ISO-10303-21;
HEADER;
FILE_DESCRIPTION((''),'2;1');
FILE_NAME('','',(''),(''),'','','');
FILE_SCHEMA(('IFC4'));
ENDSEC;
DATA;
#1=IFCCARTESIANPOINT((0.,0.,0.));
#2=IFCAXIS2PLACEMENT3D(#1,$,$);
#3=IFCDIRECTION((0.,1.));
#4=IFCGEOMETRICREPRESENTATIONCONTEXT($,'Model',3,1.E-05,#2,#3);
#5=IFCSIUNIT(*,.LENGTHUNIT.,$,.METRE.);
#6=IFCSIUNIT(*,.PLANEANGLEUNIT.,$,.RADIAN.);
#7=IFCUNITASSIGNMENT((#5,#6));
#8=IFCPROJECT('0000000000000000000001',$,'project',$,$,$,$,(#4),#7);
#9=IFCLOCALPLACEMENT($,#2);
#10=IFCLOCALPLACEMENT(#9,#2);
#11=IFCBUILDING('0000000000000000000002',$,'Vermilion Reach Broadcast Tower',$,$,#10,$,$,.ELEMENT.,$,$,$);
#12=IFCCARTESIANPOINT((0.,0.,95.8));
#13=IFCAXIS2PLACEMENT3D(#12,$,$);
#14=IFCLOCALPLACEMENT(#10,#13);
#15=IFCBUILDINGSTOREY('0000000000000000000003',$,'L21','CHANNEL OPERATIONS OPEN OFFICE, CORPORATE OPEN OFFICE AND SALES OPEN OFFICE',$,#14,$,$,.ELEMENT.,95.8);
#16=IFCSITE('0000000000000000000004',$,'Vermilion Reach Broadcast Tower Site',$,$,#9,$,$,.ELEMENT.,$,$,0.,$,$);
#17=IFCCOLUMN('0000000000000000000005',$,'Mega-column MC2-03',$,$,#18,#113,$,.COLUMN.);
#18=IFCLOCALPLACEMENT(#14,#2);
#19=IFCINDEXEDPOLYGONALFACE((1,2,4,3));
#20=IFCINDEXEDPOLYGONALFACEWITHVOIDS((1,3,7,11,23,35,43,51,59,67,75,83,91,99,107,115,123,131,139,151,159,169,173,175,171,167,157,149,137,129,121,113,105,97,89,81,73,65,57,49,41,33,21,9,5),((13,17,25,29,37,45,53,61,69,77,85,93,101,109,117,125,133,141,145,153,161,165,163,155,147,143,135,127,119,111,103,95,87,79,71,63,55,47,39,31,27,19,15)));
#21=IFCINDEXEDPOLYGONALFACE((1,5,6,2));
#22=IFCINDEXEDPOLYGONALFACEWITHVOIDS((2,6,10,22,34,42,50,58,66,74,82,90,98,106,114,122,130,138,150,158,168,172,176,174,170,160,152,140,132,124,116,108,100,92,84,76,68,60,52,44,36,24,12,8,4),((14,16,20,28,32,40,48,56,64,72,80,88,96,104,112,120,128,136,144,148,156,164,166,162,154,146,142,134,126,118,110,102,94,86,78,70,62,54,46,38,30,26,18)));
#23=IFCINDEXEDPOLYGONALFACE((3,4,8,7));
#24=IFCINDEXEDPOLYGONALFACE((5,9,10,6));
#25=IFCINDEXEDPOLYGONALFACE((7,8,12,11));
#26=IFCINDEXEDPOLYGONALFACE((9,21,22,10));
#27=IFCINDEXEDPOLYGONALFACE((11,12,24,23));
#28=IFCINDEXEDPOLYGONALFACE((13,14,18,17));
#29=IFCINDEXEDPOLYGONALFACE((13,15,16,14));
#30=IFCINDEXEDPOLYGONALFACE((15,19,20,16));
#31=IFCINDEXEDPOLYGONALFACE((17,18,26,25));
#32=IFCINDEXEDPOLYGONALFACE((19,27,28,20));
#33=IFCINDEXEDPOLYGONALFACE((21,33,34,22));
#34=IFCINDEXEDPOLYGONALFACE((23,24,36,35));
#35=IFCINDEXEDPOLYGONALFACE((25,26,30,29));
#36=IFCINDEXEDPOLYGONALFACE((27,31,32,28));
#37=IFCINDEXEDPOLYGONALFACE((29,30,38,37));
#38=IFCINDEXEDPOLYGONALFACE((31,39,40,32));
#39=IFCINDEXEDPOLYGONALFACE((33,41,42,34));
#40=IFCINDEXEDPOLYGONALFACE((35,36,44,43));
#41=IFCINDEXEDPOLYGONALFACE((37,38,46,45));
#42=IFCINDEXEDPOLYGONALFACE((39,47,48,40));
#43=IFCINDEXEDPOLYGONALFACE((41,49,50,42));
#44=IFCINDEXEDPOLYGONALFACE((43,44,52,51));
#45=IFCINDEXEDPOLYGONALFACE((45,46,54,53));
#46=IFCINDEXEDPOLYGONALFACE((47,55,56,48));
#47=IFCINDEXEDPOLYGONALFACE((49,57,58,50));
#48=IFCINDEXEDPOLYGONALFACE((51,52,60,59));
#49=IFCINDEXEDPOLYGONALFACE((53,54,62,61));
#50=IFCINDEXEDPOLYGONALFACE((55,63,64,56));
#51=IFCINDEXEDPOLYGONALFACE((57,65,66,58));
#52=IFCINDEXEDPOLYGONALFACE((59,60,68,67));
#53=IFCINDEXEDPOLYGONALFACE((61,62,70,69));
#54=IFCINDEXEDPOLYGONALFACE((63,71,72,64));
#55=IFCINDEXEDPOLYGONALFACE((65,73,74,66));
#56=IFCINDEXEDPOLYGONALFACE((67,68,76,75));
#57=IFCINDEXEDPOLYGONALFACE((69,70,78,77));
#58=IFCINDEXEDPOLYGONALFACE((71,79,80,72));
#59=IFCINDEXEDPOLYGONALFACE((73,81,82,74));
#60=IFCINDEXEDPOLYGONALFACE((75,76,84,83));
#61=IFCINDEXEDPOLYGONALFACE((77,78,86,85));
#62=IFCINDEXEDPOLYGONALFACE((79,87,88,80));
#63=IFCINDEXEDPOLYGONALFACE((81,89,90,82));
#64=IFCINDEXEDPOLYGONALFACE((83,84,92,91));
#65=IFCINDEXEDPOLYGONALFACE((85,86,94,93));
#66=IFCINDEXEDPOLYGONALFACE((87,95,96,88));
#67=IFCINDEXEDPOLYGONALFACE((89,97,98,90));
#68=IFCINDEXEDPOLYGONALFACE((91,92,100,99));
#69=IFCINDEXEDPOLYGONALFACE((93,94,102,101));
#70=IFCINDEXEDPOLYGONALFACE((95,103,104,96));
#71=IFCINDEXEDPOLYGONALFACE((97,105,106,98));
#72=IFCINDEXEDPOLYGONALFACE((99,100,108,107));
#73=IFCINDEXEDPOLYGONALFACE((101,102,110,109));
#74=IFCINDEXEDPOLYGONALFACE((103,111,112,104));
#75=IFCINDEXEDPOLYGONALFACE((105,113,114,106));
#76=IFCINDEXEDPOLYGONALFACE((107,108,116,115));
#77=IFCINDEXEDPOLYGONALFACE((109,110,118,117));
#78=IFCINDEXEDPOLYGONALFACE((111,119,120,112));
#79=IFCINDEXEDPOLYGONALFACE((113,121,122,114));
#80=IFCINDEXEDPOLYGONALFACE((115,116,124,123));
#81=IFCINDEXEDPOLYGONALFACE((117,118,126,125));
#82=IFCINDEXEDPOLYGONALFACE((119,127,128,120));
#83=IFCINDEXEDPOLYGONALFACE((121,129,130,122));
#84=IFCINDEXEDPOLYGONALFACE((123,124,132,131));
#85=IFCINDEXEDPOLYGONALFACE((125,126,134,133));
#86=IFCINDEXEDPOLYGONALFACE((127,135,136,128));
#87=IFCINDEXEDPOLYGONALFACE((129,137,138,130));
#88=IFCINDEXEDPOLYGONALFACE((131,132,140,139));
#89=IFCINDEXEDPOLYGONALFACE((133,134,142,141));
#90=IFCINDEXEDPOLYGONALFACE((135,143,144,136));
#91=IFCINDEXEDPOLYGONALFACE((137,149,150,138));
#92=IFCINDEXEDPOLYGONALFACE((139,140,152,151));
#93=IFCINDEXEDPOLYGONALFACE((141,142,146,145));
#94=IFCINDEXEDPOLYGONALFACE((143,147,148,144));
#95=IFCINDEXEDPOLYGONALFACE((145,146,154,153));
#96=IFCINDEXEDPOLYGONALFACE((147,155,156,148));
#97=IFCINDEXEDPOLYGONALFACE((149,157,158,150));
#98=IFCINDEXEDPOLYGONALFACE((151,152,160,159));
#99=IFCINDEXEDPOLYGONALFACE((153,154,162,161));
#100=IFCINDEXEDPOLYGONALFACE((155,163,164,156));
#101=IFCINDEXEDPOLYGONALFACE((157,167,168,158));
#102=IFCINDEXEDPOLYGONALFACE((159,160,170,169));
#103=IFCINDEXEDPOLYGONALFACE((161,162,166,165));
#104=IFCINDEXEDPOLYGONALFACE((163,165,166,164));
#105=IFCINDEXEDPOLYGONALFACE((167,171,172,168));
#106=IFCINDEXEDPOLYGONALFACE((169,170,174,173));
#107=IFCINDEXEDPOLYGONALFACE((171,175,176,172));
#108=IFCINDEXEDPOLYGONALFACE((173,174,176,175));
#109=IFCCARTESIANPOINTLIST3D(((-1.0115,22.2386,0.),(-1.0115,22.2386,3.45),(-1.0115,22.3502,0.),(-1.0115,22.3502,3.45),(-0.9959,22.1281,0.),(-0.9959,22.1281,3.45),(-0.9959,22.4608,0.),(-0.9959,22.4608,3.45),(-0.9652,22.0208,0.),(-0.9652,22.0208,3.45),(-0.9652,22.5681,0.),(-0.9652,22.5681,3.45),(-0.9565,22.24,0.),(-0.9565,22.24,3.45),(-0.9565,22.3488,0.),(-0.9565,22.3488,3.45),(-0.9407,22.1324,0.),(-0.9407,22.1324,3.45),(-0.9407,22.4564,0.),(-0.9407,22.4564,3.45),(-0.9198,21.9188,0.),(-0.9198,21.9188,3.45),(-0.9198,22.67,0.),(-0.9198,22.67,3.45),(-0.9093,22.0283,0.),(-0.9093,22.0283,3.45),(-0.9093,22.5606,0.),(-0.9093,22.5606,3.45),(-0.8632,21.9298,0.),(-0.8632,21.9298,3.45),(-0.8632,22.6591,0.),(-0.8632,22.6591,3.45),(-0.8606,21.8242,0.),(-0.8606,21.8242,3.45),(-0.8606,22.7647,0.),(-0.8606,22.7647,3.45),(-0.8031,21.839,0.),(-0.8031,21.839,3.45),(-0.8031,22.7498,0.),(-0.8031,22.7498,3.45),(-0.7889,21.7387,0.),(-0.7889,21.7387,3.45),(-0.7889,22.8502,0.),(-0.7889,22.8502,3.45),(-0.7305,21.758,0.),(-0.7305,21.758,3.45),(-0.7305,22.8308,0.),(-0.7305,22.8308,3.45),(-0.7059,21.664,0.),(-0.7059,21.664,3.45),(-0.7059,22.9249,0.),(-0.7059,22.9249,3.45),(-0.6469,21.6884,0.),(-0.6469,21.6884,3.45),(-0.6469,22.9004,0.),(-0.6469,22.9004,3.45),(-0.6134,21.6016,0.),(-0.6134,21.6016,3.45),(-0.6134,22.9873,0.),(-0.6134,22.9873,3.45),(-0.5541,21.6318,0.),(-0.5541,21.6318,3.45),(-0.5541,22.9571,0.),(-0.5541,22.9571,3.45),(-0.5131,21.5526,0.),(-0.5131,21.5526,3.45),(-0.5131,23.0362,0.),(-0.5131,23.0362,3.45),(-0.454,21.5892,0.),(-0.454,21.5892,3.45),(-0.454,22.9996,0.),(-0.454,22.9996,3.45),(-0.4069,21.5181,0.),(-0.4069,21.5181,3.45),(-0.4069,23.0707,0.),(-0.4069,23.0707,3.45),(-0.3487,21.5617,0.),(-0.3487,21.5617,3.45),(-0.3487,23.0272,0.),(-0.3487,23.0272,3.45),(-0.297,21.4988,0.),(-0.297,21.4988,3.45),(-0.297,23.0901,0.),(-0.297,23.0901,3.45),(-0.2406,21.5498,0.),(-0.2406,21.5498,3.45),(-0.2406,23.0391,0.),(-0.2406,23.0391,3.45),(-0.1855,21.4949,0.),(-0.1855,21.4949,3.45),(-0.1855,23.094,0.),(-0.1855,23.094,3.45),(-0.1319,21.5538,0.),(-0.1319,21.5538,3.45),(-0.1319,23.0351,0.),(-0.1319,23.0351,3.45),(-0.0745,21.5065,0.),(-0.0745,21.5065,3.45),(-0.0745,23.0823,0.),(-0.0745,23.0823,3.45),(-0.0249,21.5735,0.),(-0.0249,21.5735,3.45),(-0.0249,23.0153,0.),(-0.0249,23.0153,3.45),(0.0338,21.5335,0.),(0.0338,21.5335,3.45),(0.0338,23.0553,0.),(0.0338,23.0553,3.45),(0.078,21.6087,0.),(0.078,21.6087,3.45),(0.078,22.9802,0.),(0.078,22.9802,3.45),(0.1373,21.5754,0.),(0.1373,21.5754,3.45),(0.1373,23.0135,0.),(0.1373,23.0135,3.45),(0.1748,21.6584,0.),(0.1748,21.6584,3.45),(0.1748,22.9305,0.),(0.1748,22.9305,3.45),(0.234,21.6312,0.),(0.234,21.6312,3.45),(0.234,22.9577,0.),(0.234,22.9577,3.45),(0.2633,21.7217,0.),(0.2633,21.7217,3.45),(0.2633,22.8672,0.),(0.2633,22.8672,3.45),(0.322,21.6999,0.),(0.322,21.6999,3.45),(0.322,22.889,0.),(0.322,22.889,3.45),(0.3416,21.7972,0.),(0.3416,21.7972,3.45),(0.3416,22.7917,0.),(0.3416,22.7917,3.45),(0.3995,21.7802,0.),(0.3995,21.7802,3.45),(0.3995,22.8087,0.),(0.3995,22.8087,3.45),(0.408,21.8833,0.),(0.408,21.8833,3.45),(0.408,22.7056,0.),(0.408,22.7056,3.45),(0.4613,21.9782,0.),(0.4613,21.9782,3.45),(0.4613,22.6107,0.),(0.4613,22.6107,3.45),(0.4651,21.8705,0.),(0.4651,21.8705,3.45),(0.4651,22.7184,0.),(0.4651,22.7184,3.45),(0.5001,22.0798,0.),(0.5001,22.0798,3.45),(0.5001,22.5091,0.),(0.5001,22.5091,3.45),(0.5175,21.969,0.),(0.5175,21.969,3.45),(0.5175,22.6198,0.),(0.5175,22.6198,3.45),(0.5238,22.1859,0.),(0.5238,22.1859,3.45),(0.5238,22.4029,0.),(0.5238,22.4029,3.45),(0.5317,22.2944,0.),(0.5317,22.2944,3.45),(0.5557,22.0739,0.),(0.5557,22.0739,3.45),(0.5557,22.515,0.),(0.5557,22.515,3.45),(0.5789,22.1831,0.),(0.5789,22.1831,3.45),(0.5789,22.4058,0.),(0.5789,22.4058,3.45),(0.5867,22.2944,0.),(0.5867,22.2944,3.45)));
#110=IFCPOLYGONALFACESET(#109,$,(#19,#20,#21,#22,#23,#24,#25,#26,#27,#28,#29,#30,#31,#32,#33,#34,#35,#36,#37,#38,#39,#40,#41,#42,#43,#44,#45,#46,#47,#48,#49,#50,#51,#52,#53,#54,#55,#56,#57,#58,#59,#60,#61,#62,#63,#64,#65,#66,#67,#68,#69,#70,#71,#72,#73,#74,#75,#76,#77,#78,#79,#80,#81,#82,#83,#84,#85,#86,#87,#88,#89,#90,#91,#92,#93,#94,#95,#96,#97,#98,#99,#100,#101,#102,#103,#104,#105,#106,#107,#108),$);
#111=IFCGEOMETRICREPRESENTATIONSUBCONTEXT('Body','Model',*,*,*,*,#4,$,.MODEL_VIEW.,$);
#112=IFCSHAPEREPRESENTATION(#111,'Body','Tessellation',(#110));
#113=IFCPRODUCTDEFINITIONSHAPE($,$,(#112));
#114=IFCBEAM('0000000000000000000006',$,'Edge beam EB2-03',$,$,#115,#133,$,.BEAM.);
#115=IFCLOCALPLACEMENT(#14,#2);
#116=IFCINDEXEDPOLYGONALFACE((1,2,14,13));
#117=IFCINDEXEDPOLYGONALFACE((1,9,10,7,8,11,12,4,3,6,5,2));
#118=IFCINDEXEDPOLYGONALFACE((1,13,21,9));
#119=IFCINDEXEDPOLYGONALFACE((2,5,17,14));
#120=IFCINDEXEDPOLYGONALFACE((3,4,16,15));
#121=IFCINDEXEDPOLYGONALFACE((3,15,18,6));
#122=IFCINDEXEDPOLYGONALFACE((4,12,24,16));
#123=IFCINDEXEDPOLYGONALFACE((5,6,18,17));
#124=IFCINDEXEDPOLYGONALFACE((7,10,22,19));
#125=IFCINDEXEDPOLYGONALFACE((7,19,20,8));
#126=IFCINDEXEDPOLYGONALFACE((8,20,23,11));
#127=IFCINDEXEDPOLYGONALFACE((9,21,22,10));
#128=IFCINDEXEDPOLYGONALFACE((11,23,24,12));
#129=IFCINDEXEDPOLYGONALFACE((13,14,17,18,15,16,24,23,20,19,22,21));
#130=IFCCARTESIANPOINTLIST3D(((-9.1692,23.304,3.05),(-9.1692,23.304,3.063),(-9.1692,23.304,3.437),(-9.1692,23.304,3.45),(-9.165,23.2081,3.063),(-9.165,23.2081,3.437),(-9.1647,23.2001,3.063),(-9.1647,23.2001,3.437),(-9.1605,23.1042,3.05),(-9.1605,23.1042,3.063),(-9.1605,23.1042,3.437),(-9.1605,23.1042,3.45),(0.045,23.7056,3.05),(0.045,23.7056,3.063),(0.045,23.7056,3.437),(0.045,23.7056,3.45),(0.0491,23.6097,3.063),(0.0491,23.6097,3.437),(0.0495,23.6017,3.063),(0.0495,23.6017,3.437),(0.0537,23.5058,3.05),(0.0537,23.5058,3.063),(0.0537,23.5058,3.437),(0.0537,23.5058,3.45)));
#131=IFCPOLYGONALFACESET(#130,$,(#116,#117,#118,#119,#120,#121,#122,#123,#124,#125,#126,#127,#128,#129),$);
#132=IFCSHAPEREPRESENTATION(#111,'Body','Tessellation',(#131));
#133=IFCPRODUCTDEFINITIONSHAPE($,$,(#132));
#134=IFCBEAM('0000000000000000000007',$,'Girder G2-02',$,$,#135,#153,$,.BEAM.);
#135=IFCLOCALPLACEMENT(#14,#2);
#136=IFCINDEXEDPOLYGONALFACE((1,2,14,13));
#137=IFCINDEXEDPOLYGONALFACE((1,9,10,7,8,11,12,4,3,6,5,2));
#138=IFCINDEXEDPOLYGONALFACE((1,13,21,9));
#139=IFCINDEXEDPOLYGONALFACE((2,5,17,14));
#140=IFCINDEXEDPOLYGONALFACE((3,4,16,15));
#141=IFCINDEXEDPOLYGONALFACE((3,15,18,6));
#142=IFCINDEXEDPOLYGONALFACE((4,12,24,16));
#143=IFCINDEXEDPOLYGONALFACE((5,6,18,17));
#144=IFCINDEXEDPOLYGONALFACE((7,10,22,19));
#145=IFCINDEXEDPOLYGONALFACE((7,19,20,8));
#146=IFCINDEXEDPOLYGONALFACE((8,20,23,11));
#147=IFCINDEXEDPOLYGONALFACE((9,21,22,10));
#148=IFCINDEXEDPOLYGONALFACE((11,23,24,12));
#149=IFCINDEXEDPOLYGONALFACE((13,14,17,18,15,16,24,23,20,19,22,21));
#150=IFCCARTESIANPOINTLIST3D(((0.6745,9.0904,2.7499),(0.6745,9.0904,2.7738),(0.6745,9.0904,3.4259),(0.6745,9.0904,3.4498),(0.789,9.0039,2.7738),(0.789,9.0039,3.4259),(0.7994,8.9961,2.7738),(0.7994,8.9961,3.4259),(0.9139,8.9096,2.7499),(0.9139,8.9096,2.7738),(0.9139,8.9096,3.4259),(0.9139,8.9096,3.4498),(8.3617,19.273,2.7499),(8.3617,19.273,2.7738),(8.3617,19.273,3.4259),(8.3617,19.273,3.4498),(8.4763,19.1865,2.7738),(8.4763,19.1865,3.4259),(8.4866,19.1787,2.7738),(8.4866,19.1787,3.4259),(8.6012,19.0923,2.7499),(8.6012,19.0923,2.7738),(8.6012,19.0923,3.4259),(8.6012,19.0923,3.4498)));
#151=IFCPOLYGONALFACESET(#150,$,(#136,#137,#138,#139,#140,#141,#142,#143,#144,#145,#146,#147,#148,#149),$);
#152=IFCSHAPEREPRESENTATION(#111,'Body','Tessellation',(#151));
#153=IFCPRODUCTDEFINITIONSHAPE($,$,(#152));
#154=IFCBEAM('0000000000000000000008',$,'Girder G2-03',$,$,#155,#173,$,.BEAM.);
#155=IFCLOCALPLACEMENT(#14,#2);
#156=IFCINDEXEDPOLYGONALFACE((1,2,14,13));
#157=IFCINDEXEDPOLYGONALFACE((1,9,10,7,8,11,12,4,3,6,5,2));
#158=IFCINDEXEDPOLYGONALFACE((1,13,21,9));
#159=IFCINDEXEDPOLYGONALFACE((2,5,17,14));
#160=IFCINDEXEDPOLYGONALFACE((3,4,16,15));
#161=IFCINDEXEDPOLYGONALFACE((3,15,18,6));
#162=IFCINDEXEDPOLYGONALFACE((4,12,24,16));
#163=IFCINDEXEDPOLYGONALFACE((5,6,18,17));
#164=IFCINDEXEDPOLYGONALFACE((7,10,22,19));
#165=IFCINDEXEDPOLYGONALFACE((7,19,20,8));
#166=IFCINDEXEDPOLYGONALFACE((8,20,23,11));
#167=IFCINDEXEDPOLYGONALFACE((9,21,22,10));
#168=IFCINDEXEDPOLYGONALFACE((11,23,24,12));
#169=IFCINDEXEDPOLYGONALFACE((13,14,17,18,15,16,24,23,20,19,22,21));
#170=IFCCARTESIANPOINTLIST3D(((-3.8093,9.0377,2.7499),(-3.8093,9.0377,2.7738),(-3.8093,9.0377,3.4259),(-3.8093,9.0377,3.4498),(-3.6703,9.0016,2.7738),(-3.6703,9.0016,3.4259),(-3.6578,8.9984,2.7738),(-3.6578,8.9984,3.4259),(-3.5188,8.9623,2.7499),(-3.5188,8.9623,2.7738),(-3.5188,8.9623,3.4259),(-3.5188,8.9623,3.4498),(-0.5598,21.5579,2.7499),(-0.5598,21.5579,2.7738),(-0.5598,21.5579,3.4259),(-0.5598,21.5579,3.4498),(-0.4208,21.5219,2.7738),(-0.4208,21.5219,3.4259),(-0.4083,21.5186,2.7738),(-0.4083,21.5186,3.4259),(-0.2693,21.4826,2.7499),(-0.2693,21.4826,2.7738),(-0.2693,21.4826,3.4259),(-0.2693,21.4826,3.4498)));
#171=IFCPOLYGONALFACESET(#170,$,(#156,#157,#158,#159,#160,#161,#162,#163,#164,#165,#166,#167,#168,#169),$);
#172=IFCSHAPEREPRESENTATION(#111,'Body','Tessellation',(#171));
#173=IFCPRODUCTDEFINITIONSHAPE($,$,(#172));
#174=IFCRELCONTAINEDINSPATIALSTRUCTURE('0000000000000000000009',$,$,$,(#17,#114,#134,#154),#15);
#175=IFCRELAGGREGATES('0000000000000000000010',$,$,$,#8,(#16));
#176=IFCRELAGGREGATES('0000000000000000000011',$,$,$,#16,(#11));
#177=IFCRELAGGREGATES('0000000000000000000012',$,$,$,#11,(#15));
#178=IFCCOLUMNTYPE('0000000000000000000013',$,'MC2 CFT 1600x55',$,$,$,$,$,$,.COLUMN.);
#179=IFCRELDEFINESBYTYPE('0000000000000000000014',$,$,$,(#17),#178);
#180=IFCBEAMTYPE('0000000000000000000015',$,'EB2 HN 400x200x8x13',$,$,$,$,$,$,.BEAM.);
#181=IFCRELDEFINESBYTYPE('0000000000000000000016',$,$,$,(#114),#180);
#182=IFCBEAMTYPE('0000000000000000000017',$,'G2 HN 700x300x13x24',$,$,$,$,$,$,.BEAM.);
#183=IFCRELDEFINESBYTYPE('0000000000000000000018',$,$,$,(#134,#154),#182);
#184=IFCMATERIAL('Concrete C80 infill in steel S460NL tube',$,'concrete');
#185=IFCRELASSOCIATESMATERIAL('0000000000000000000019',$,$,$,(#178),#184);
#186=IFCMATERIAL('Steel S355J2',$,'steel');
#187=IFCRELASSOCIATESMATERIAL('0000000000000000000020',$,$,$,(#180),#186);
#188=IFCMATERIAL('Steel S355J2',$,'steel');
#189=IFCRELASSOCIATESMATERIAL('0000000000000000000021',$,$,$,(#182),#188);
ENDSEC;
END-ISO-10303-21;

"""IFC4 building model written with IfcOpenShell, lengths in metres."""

from ifc_helpers import new_model, si_unit, direction, frame, origin, origin_2d, place, context, subcontext, project, spatial, hollow_circle, i_section, extrude, material, material_profile, profile_set, type_object, element, save


model = new_model("IFC4")

# Units and contexts
model_context = context("Model", 3, precision=1e-05, world=origin(), true_north=direction((0.0, 1.0)))
body_context = subcontext(model_context, "Body", "Model", "MODEL_VIEW")
ifc_project = project(units=[si_unit("LENGTHUNIT", "METRE"), si_unit("PLANEANGLEUNIT", "RADIAN")], contexts=[model_context])

# Site, building, storey
site_placement = place(None, origin())
site = spatial("IfcSite", under=ifc_project, at=site_placement, Name="Vermilion Reach Broadcast Tower Site", CompositionType="ELEMENT", RefElevation=0.0)
building_placement = place(site_placement, origin())
building = spatial("IfcBuilding", under=site, at=building_placement, Name="Vermilion Reach Broadcast Tower", CompositionType="ELEMENT")
storey_placement = place(building_placement, frame((0.0, 0.0, 95.8)))
storey = spatial("IfcBuildingStorey", under=building, at=storey_placement, Name="L21", Description="CHANNEL OPERATIONS OPEN OFFICE, CORPORATE OPEN OFFICE AND SALES OPEN OFFICE", CompositionType="ELEMENT", Elevation=95.8)

# Column
ifc_material_1 = material(Name="Concrete C80 infill in steel S460NL tube", Category="concrete")
ifc_material_profile_1 = material_profile(ifc_material_1, hollow_circle(Radius=0.8, WallThickness=0.0549, at=origin_2d()), Name="Concrete C80 infill in steel S460NL tube CFT 1600x55")
ifc_profile_set_1 = profile_set([ifc_material_profile_1], Name="Concrete C80 infill in steel S460NL tube")
column_type = type_object("IfcColumnType", Name="MC2 CFT 1600x55", PredefinedType="COLUMN", material=ifc_profile_set_1)
column_placement = place(storey_placement, frame((-0.2134, 22.2944, 0.0), z_axis=(0.0, 0.0, 1.0), x_axis=(1.0, 0.0, 0.0)))
element("IfcColumn", 1, at=column_placement, inside=storey, type_object=column_type, Name="Mega-column MC2-03", PredefinedType="COLUMN", context=body_context, shape_type="SweptSolid", body=[
    extrude(hollow_circle(Radius=0.8, WallThickness=0.0549, at=origin_2d()), origin(), (0.0, 0.0, 1.0), 3.45),
])

# Beams
ifc_material_2 = material(Name="Steel S355J2", Category="steel")
ifc_material_profile_2 = material_profile(ifc_material_2, i_section(OverallWidth=0.2, OverallDepth=0.3999, WebThickness=0.0081, FlangeThickness=0.0129, at=origin_2d()), Name="S355J2 HN 400x200x8x13")
ifc_profile_set_2 = profile_set([ifc_material_profile_2], Name="Steel S355J2")
beam_type_1 = type_object("IfcBeamType", Name="EB2 HN 400x200x8x13", PredefinedType="BEAM", material=ifc_profile_set_2)
beam_1_placement = place(storey_placement, frame((0.0493, 23.6057, 3.25), z_axis=(-0.999051, -0.043545, 0.0), x_axis=(0.043545, -0.999051, 0.0)))
element("IfcBeam", 2, at=beam_1_placement, inside=storey, type_object=beam_type_1, Name="Edge beam EB2-03", PredefinedType="BEAM", context=body_context, shape_type="SweptSolid", body=[
    extrude(i_section(OverallWidth=0.2, OverallDepth=0.3999, WebThickness=0.0081, FlangeThickness=0.0129, at=origin_2d()), origin(), (0.0, 0.0, 1.0), 9.2229),
])
ifc_material_3 = material(Name="Steel S355J2", Category="steel")
ifc_material_profile_3 = material_profile(ifc_material_3, i_section(OverallWidth=0.3, OverallDepth=0.7, WebThickness=0.0129, FlangeThickness=0.0239, at=origin_2d()), Name="S355J2 HN 700x300x13x24")
ifc_profile_set_3 = profile_set([ifc_material_profile_3], Name="Steel S355J2")
beam_type_2 = type_object("IfcBeamType", Name="G2 HN 700x300x13x24", PredefinedType="BEAM", material=ifc_profile_set_3)
beam_2_placement = place(storey_placement, frame((0.7942, 9.0, 3.0999), z_axis=(0.60252, 0.798104, 0.0), x_axis=(-0.798104, 0.60252, 0.0)))
element("IfcBeam", 3, at=beam_2_placement, inside=storey, type_object=beam_type_2, Name="Girder G2-02", PredefinedType="BEAM", context=body_context, shape_type="SweptSolid", body=[
    extrude(i_section(OverallWidth=0.3, OverallDepth=0.7, WebThickness=0.0129, FlangeThickness=0.0239, at=origin_2d()), origin(), (0.0, 0.0, 1.0), 12.7585),
])
beam_3_placement = place(storey_placement, frame((-3.6641, 9.0, 3.0999), z_axis=(0.251217, 0.967931, 0.0), x_axis=(-0.967931, 0.251217, 0.0)))
element("IfcBeam", 4, at=beam_3_placement, inside=storey, type_object=beam_type_2, Name="Girder G2-03", PredefinedType="BEAM", context=body_context, shape_type="SweptSolid", body=[
    extrude(i_section(OverallWidth=0.3, OverallDepth=0.7, WebThickness=0.0129, FlangeThickness=0.0239, at=origin_2d()), origin(), (0.0, 0.0, 1.0), 12.9351),
])

save(model, "model.ifc")
